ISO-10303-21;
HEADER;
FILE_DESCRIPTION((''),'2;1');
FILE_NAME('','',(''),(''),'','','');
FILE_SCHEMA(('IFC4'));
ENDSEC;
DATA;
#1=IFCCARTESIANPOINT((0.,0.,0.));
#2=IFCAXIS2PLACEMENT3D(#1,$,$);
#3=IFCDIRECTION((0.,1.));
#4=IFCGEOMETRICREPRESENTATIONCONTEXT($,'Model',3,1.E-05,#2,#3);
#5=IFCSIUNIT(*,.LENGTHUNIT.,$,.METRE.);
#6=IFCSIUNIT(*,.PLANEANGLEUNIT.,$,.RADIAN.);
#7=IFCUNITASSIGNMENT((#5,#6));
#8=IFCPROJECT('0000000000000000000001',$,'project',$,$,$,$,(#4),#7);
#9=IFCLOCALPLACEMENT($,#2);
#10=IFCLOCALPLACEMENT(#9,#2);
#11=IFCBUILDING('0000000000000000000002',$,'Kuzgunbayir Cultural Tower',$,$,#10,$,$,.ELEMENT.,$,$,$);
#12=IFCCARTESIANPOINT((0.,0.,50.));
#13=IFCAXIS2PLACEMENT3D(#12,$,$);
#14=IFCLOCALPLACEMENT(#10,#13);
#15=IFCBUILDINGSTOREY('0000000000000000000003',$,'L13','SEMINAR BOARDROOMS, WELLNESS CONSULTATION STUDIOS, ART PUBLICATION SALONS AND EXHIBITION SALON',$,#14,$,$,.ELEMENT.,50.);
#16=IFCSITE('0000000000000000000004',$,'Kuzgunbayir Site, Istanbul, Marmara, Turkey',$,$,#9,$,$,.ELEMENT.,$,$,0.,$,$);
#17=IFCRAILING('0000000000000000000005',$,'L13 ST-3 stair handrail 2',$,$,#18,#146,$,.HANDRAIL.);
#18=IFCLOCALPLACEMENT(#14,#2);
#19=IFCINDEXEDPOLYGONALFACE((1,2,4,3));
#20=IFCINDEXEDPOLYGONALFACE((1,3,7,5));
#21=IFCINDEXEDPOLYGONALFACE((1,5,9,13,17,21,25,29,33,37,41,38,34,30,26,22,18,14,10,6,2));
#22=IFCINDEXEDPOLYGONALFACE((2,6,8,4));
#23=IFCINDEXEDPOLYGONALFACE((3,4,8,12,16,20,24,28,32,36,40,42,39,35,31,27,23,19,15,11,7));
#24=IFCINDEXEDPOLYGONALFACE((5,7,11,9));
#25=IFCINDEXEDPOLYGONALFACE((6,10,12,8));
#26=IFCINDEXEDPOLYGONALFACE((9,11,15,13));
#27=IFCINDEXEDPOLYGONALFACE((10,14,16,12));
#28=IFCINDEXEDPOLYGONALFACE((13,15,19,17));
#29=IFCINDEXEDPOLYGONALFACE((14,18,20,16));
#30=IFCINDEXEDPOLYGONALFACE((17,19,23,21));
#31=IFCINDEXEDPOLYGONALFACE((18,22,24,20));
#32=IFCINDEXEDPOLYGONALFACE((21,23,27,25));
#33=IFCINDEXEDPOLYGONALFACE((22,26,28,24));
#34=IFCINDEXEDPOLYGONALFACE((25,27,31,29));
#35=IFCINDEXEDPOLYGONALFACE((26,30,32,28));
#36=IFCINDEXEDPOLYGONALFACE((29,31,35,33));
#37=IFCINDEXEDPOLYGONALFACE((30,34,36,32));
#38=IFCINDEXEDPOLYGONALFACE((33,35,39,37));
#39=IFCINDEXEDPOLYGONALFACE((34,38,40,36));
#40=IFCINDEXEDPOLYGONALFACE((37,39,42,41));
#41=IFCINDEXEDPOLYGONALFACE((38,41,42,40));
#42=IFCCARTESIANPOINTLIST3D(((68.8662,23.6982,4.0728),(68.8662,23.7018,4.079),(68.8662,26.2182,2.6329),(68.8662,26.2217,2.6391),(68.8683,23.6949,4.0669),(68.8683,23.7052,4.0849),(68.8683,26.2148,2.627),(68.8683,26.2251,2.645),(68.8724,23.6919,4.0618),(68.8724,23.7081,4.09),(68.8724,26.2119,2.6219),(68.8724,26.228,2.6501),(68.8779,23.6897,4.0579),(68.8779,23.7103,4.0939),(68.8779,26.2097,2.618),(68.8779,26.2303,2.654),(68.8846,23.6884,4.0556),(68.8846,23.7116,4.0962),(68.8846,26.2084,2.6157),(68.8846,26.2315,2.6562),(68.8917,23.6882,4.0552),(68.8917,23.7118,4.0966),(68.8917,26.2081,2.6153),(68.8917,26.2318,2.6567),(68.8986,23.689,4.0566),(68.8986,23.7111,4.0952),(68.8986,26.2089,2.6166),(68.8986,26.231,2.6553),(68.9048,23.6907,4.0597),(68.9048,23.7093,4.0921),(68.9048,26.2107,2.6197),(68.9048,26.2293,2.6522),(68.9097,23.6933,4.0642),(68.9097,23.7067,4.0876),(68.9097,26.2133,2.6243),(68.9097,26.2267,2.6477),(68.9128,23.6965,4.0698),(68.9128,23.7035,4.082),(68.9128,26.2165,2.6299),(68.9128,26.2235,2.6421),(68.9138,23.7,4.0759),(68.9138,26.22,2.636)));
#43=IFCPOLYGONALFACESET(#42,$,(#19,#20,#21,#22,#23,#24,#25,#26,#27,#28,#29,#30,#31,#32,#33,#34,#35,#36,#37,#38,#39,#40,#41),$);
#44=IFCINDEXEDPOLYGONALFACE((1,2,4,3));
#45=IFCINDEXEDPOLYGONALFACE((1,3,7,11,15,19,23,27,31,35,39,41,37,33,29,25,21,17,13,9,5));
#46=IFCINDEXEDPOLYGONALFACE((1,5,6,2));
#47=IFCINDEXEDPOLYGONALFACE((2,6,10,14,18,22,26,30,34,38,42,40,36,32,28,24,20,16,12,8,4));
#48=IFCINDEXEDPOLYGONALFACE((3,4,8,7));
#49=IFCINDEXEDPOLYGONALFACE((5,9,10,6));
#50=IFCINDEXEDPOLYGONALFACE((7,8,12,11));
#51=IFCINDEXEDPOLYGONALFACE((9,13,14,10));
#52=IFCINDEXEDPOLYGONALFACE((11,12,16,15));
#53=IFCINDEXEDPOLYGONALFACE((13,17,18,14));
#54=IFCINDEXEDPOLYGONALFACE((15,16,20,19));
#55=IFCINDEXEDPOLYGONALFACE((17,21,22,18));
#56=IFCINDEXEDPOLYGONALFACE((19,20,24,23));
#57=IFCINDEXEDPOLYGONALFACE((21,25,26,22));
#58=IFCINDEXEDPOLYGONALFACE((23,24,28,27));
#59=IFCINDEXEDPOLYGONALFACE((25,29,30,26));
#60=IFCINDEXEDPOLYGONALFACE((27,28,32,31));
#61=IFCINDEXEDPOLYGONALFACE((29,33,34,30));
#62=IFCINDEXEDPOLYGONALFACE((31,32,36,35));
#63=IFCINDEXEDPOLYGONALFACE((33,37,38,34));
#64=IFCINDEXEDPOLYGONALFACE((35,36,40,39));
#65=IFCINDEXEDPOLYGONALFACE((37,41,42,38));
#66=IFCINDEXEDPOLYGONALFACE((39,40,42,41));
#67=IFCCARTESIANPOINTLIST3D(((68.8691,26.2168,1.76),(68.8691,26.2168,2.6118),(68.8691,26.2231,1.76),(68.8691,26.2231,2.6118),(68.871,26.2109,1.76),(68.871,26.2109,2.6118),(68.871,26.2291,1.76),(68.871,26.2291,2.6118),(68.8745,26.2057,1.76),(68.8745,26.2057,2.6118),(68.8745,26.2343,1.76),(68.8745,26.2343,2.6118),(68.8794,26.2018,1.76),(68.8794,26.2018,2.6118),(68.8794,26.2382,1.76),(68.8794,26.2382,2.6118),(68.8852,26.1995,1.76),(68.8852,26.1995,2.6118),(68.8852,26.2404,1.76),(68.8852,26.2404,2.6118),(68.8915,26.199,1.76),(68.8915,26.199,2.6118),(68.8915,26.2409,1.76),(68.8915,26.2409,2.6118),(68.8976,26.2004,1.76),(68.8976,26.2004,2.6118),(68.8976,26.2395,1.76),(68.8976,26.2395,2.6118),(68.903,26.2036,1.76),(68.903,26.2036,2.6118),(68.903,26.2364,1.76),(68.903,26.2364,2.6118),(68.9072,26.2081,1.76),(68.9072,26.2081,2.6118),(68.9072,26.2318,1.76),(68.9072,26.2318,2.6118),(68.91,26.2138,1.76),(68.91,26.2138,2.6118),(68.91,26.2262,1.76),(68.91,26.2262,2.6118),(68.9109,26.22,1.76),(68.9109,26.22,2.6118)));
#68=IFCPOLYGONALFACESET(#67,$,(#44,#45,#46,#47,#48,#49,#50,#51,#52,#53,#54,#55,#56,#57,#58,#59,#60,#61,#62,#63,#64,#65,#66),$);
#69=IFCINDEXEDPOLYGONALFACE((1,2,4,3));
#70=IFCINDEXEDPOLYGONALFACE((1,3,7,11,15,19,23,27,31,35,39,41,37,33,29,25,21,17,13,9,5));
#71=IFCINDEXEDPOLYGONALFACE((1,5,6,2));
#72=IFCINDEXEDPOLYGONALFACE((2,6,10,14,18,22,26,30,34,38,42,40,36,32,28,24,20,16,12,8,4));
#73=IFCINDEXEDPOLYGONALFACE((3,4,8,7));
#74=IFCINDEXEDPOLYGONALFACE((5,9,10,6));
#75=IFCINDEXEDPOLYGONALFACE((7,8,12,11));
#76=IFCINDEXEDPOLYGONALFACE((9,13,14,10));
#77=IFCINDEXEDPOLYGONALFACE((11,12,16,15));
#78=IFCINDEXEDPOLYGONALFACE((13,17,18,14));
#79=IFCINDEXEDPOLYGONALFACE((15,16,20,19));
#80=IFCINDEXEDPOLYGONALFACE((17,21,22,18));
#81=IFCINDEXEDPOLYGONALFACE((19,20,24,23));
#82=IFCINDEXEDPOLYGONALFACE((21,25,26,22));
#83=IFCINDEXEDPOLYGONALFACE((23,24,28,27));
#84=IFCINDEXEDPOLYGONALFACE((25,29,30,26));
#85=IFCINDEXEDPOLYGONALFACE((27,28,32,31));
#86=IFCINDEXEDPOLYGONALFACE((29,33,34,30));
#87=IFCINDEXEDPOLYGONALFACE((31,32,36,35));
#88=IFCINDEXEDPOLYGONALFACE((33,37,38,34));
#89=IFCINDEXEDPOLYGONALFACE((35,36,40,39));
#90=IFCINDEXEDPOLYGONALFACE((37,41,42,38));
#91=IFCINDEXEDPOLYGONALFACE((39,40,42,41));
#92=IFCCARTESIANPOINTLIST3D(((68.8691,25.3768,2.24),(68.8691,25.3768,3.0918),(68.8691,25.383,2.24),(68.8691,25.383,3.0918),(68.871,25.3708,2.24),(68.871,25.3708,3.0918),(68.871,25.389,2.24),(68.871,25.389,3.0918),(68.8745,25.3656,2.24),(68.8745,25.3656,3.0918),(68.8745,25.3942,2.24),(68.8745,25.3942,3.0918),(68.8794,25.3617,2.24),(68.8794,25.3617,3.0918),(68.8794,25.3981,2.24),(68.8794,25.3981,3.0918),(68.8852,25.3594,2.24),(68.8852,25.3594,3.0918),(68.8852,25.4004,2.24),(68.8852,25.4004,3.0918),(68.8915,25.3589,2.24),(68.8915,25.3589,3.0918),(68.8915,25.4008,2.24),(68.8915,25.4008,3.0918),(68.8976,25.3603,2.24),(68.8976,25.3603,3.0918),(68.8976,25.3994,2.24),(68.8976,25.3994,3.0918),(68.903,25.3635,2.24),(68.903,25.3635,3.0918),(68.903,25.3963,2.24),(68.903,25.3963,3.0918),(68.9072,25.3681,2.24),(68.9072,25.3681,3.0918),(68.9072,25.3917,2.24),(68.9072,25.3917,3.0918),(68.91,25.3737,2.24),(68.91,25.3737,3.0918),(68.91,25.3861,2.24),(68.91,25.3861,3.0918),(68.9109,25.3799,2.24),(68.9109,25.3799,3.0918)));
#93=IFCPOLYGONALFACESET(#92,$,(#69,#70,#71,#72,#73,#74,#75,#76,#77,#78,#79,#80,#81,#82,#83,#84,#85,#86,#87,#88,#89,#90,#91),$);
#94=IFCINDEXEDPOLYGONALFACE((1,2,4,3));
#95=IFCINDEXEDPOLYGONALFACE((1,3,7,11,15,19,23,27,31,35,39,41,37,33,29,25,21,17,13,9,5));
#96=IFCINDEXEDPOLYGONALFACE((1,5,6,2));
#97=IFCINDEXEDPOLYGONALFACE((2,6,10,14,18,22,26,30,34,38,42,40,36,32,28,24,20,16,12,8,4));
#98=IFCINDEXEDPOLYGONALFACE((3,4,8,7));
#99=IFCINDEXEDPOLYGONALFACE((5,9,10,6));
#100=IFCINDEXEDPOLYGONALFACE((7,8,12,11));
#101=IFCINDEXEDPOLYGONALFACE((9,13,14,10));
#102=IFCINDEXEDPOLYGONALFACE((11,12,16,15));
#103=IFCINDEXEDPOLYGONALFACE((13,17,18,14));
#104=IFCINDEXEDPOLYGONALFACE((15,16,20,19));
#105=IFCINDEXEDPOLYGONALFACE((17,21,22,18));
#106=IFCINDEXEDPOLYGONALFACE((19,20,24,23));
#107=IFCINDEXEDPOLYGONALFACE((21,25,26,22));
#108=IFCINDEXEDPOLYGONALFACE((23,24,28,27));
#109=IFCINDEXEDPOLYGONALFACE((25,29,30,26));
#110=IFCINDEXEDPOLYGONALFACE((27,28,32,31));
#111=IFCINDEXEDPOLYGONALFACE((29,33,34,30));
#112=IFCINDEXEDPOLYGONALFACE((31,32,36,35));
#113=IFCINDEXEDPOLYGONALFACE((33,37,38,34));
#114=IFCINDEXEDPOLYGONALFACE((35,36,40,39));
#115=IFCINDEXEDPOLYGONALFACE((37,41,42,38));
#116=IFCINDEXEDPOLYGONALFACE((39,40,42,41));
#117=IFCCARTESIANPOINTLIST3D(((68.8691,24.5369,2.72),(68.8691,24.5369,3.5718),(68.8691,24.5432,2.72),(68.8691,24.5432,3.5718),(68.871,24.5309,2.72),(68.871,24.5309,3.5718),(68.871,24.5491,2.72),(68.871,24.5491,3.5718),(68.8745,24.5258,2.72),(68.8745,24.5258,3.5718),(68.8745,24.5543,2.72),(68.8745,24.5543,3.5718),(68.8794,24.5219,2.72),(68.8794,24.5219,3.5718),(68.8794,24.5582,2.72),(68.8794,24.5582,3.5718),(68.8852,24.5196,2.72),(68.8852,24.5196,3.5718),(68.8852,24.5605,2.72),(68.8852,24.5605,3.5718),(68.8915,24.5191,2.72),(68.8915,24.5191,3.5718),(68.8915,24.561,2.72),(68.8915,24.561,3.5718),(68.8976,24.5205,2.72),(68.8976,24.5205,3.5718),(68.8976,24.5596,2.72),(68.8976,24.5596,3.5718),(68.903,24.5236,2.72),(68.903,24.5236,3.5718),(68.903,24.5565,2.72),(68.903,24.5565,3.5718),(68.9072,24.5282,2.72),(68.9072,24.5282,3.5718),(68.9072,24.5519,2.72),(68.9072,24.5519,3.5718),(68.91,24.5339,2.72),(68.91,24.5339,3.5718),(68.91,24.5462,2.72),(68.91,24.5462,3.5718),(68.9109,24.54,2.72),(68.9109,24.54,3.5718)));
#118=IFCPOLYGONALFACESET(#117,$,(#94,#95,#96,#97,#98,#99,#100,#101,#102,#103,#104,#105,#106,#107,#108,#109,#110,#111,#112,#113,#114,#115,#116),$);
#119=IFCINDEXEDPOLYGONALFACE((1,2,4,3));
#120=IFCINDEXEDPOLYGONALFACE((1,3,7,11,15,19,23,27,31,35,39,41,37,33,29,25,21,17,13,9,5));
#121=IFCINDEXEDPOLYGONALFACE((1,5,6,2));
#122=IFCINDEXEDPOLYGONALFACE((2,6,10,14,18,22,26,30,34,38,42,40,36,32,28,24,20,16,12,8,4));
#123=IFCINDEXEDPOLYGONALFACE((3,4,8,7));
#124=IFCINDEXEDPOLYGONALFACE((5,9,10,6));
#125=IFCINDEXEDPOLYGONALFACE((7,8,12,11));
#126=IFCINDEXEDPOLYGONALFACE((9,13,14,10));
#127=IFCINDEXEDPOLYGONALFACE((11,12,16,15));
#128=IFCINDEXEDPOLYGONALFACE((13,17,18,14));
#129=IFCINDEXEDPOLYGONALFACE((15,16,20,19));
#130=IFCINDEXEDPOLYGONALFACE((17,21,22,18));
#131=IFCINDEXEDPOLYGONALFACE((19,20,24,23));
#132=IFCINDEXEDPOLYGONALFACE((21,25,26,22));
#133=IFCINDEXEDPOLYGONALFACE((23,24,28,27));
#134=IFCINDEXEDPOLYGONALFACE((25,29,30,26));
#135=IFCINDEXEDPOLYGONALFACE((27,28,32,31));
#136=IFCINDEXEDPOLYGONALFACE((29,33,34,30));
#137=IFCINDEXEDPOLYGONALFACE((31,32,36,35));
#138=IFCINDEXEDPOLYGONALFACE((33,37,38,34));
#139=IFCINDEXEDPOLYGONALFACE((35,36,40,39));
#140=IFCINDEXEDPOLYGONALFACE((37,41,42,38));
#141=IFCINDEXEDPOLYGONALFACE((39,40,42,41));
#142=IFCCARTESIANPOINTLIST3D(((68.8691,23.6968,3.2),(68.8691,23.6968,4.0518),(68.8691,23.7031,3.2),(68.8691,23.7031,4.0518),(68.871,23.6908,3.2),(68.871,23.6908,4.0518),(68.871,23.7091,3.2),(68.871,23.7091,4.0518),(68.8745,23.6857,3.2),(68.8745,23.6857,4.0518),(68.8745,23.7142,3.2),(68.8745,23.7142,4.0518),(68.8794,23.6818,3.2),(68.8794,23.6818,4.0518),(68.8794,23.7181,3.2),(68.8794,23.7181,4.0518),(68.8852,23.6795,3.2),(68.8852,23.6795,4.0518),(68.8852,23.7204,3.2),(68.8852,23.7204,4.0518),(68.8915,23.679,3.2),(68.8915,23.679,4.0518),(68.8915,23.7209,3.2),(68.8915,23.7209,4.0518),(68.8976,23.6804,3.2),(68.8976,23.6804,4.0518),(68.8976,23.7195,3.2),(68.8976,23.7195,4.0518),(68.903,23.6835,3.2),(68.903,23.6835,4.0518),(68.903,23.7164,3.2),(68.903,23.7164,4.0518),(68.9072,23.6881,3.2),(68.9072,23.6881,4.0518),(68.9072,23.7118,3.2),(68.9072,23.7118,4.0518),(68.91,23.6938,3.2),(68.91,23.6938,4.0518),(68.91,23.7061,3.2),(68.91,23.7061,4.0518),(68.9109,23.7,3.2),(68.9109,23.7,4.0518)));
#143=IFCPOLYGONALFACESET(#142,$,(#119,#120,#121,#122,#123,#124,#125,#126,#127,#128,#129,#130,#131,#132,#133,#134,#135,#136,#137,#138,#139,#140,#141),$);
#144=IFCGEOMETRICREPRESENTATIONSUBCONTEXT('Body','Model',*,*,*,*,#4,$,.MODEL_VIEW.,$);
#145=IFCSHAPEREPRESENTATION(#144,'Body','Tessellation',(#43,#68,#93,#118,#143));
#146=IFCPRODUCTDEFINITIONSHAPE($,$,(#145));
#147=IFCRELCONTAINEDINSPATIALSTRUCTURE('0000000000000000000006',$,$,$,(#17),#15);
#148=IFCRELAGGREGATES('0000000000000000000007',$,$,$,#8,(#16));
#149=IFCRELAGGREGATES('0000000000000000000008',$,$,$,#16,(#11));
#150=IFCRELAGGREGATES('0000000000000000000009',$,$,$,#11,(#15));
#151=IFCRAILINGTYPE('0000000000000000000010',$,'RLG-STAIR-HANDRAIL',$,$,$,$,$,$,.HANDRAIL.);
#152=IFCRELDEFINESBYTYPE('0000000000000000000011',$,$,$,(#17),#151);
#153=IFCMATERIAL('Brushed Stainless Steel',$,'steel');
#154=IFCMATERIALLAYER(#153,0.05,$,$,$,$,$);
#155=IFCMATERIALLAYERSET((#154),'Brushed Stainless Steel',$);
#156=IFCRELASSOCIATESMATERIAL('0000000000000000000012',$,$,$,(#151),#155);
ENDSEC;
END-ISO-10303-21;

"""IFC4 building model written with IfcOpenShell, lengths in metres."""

from ifc_helpers import new_model, si_unit, direction, frame, origin, origin_2d, place, context, subcontext, project, spatial, circle, extrude, material, layer, layer_set, type_object, element, save


model = new_model("IFC4")

# Units and contexts
model_context = context("Model", 3, precision=1e-05, world=origin(), true_north=direction((0.0, 1.0)))
body_context = subcontext(model_context, "Body", "Model", "MODEL_VIEW")
ifc_project = project(units=[si_unit("LENGTHUNIT", "METRE"), si_unit("PLANEANGLEUNIT", "RADIAN")], contexts=[model_context])

# Site, building, storey
site_placement = place(None, origin())
site = spatial("IfcSite", under=ifc_project, at=site_placement, Name="Kuzgunbayir Site, Istanbul, Marmara, Turkey", CompositionType="ELEMENT", RefElevation=0.0)
building_placement = place(site_placement, origin())
building = spatial("IfcBuilding", under=site, at=building_placement, Name="Kuzgunbayir Cultural Tower", CompositionType="ELEMENT")
storey_placement = place(building_placement, frame((0.0, 0.0, 50.0)))
storey = spatial("IfcBuildingStorey", under=building, at=storey_placement, Name="L13", Description="SEMINAR BOARDROOMS, WELLNESS CONSULTATION STUDIOS, ART PUBLICATION SALONS AND EXHIBITION SALON", CompositionType="ELEMENT", Elevation=50.0)

# Railing
ifc_material_1 = material(Name="Brushed Stainless Steel", Category="steel")
ifc_layer_1 = layer(ifc_material_1, 0.05)
ifc_layer_set_1 = layer_set([ifc_layer_1], Name="Brushed Stainless Steel")
railing_type_1 = type_object("IfcRailingType", Name="RLG-STAIR-HANDRAIL", PredefinedType="HANDRAIL", material=ifc_layer_set_1)
railing_1_placement = place(storey_placement, frame((68.8899, 26.22, 1.76)))
element("IfcRailing", 1, at=railing_1_placement, inside=storey, type_object=railing_type_1, Name="L13 ST-3 stair handrail 2", PredefinedType="HANDRAIL", context=body_context, shape_type="SweptSolid", body=[
    extrude(circle(Radius=0.0239, at=origin_2d()), frame((0.0, 0.0, 0.876), z_axis=(0.0, -0.868253, 0.496121), x_axis=(1.0, 0.0, 0.0)), (0.0, 0.0, 1.0), 2.9023),
    extrude(circle(Radius=0.021, at=origin_2d()), origin(), (0.0, 0.0, 1.0), 0.8518),
    extrude(circle(Radius=0.021, at=origin_2d()), frame((0.0, -0.8401, 0.48)), (0.0, 0.0, 1.0), 0.8518),
    extrude(circle(Radius=0.021, at=origin_2d()), frame((0.0, -1.6799, 0.96)), (0.0, 0.0, 1.0), 0.8518),
    extrude(circle(Radius=0.021, at=origin_2d()), frame((0.0, -2.52, 1.4399)), (0.0, 0.0, 1.0), 0.8518),
])

save(model, "model.ifc")
